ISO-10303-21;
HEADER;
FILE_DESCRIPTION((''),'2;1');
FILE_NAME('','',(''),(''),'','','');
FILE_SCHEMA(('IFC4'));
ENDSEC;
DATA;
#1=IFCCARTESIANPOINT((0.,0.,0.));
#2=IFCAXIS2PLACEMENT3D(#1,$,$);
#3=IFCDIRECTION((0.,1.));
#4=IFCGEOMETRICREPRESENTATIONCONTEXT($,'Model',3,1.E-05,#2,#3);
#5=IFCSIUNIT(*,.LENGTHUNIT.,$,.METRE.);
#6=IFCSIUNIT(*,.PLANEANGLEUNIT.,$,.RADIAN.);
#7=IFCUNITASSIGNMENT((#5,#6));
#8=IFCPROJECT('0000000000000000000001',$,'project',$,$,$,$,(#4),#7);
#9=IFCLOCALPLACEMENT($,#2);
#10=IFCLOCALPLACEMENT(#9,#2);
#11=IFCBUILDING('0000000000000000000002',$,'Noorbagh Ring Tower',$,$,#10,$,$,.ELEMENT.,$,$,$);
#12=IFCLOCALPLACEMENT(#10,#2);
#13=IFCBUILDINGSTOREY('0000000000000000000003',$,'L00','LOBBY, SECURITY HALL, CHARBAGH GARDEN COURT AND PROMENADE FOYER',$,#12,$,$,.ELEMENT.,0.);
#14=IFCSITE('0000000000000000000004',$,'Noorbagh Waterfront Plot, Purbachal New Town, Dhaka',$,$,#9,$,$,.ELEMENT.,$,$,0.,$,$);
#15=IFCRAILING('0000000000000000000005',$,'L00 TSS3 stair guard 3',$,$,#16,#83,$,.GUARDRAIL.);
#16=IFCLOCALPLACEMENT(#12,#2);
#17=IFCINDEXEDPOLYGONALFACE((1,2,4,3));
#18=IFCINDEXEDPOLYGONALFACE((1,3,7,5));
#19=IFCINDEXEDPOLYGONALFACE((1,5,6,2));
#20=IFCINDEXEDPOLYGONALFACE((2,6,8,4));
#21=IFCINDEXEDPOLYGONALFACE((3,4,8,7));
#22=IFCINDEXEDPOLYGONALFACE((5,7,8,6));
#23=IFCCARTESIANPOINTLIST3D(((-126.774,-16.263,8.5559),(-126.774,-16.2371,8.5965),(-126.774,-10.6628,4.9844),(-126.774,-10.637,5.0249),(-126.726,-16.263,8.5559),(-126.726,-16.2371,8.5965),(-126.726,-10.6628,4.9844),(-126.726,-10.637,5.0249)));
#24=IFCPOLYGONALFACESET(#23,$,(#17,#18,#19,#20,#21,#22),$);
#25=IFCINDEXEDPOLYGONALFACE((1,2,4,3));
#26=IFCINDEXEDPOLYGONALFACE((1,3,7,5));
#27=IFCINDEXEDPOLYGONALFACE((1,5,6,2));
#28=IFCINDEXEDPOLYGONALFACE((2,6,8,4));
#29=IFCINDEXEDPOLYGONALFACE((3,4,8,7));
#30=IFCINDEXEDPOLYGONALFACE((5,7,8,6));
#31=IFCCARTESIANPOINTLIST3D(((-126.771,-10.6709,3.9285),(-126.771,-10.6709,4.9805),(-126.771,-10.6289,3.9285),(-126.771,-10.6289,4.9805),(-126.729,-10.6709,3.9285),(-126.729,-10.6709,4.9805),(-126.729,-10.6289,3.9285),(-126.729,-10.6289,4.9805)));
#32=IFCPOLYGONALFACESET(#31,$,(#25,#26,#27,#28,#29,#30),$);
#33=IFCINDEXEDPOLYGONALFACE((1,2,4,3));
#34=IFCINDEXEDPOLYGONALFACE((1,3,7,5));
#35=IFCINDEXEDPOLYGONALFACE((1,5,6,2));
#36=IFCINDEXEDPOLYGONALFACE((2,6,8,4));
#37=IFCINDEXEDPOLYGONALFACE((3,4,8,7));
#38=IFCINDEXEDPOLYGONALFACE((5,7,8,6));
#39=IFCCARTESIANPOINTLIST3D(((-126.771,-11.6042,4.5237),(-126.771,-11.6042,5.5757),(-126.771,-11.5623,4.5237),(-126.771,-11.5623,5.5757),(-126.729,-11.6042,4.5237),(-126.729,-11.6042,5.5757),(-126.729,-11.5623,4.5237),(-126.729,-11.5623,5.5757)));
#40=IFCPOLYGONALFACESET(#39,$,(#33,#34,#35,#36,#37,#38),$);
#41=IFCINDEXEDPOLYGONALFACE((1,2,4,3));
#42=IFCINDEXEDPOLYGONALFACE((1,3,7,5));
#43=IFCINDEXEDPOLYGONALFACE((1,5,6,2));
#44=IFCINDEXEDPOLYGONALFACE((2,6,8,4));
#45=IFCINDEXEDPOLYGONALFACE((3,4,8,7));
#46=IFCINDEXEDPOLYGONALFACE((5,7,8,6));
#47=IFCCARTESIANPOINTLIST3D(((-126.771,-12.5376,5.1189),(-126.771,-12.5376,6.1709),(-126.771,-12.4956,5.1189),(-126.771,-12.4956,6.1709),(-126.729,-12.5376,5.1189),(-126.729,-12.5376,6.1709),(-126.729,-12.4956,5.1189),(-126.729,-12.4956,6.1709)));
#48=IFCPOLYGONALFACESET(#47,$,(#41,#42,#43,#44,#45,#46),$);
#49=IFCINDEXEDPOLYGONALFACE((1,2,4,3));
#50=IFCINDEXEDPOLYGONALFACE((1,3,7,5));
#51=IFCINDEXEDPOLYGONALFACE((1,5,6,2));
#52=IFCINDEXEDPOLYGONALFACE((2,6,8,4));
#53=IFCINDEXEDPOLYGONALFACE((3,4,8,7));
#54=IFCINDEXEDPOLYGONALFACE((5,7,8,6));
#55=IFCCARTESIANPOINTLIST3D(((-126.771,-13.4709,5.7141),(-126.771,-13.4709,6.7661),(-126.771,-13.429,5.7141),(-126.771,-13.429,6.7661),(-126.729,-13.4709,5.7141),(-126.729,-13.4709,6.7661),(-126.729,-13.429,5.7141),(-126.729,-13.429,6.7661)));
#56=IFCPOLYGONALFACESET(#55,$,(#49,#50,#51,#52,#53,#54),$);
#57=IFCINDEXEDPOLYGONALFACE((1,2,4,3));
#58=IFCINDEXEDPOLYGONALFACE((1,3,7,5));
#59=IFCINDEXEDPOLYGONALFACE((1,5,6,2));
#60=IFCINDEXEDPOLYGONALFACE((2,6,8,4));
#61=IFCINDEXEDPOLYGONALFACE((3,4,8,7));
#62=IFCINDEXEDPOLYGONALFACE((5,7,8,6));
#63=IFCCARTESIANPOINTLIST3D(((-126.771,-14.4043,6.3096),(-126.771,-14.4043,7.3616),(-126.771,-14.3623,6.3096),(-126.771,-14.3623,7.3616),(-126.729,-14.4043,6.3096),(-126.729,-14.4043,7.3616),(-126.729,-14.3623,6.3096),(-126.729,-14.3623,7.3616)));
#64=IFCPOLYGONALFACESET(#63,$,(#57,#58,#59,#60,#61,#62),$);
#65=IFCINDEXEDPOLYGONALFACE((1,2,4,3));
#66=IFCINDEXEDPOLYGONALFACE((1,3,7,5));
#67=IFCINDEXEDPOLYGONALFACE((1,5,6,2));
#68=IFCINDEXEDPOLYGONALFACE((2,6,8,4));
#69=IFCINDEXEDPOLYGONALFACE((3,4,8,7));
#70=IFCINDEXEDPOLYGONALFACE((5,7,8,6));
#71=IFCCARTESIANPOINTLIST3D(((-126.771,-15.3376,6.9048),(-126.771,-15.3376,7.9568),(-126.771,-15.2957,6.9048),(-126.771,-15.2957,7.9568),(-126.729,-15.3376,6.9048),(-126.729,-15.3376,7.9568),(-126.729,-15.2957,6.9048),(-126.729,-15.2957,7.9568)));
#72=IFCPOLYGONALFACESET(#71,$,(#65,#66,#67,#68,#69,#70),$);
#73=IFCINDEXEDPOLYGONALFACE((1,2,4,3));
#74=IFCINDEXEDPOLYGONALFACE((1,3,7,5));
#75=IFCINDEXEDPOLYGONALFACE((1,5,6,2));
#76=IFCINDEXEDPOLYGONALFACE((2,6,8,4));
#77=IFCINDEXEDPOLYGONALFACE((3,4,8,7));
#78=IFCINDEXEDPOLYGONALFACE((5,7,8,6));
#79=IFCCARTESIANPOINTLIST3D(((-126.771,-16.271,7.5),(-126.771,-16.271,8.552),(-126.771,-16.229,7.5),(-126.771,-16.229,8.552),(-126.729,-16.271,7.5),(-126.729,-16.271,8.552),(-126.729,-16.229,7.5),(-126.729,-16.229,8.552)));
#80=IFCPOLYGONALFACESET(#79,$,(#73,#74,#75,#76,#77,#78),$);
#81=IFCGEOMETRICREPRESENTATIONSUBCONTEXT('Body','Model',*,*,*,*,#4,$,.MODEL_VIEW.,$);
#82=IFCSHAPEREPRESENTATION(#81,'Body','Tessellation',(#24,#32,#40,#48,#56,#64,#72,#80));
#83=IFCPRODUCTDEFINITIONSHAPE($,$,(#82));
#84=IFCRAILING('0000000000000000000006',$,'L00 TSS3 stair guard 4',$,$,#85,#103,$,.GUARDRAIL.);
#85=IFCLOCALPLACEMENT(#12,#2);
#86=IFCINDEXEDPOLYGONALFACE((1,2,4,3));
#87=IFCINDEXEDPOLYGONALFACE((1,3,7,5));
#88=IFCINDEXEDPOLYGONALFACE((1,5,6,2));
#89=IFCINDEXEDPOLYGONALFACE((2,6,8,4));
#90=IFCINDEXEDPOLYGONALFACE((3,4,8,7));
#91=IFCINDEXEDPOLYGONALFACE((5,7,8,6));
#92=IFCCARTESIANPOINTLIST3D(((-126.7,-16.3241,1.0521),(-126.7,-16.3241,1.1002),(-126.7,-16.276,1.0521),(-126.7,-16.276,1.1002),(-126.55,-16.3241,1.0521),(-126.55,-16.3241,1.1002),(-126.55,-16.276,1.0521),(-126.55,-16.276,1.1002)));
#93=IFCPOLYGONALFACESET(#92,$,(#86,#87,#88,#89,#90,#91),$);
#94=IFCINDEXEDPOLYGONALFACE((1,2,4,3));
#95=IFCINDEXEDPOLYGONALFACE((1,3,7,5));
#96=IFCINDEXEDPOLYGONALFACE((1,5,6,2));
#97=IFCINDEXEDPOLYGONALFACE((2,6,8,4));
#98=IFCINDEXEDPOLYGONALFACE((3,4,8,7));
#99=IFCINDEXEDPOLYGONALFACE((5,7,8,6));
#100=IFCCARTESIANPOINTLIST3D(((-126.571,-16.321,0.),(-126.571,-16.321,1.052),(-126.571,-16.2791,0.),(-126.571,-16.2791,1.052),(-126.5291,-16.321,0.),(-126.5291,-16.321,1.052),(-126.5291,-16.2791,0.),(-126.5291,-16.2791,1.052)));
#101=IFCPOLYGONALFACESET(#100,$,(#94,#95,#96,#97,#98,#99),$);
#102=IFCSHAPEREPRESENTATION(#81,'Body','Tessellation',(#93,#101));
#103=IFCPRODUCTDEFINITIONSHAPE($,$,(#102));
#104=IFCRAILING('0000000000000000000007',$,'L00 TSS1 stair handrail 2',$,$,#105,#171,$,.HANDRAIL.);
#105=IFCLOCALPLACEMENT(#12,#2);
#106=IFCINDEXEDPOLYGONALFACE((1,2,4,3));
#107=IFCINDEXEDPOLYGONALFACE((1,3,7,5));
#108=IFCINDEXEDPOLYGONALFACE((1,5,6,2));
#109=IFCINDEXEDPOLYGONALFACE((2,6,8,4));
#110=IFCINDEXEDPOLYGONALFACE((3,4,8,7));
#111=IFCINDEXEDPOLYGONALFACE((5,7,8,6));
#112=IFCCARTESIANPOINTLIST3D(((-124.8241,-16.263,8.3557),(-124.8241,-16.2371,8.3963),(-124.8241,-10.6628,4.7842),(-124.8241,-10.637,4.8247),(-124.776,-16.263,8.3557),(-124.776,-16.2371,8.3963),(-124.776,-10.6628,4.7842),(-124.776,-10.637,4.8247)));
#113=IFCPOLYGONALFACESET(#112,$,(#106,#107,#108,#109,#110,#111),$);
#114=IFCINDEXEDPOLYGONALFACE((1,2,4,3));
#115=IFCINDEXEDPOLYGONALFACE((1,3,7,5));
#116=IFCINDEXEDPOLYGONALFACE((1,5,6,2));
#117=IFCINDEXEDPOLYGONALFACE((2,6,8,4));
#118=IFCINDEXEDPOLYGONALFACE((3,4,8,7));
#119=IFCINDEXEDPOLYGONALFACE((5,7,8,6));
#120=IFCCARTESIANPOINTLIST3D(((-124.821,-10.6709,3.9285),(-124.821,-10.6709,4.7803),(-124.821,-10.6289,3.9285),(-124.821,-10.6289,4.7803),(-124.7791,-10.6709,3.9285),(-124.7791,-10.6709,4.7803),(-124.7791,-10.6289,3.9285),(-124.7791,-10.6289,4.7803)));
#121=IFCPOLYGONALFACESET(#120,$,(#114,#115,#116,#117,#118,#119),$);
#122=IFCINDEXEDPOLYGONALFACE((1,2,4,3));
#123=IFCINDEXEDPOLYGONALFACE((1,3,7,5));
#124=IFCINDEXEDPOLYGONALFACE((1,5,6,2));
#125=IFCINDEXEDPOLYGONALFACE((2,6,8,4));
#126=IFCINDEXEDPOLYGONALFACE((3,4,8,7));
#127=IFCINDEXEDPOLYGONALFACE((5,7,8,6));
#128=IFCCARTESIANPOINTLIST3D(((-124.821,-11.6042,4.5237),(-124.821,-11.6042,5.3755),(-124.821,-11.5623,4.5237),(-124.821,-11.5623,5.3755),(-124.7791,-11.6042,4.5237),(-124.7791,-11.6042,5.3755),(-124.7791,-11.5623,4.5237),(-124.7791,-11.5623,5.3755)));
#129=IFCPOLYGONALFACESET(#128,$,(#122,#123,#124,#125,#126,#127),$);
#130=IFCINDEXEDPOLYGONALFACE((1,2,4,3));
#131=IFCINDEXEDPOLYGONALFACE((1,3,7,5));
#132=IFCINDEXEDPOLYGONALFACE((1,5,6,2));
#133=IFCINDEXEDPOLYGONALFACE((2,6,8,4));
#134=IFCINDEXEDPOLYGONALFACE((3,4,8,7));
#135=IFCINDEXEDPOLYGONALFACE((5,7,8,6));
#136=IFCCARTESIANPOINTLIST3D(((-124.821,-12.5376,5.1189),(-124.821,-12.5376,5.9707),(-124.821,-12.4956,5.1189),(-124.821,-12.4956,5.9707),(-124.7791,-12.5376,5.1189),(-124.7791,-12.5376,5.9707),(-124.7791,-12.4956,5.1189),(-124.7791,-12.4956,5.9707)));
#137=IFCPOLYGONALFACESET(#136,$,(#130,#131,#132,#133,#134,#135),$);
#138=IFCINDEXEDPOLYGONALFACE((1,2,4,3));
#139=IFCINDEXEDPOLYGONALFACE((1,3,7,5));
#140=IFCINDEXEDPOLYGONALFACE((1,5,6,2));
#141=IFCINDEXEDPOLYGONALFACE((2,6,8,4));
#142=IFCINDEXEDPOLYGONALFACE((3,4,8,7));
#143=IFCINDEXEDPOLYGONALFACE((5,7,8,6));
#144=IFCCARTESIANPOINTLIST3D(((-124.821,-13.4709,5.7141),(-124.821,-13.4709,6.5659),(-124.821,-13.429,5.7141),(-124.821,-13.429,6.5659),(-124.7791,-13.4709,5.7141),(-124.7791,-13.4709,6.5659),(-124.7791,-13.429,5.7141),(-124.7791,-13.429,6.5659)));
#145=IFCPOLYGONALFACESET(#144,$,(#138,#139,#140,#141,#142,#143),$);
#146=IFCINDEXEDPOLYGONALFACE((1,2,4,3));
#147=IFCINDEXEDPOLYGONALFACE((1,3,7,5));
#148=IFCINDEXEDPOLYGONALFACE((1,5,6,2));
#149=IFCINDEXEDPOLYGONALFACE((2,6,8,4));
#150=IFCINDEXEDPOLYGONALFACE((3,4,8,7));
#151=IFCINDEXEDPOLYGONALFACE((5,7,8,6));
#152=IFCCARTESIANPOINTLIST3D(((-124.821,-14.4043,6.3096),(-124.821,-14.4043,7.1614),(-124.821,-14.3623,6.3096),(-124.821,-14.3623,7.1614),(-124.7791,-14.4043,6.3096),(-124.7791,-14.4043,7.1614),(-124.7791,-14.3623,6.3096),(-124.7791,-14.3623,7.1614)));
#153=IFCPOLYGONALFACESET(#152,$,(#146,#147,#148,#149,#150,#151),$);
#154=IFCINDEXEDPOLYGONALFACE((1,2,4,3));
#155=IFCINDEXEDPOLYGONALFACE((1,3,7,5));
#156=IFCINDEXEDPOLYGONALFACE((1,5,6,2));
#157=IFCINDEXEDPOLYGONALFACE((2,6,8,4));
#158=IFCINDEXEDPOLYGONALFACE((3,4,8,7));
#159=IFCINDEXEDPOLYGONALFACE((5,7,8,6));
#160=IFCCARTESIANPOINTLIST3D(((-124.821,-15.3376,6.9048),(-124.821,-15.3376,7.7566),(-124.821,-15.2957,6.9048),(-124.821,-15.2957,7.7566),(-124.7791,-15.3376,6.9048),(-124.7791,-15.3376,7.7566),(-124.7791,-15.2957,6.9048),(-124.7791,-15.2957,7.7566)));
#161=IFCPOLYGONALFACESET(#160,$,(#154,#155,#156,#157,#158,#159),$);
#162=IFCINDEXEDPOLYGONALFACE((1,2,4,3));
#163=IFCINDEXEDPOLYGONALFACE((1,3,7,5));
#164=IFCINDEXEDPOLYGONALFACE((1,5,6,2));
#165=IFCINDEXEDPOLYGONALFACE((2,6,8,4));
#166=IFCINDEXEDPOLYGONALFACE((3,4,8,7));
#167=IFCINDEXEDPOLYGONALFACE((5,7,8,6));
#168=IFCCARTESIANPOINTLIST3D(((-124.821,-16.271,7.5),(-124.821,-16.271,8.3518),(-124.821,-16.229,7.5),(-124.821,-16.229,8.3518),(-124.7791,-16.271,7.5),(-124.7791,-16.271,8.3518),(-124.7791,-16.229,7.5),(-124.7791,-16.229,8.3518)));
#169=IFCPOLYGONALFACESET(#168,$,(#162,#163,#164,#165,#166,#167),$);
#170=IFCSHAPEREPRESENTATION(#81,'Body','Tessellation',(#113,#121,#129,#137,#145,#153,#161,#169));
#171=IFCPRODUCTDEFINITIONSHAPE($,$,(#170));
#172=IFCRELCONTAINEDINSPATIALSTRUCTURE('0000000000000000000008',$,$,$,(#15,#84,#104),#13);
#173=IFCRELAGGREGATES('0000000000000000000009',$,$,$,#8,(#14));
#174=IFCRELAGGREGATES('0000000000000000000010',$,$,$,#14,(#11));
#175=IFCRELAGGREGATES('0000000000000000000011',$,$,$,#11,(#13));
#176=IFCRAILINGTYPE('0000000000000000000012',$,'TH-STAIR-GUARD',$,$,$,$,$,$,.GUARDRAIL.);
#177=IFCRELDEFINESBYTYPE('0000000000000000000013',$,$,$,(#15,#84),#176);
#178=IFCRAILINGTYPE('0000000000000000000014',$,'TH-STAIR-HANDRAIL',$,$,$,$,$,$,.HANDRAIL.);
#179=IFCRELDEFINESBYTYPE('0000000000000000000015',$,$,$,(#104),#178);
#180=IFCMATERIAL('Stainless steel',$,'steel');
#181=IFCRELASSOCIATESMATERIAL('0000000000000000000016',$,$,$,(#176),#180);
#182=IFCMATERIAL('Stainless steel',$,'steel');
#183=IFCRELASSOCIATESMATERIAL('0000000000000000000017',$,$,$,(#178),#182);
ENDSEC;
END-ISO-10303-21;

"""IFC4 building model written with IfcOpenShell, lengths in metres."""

from ifc_helpers import new_model, si_unit, direction, frame, origin, origin_2d, place, context, subcontext, project, spatial, rectangle, extrude, material, type_object, element, save


model = new_model("IFC4")

# Units and contexts
model_context = context("Model", 3, precision=1e-05, world=origin(), true_north=direction((0.0, 1.0)))
body_context = subcontext(model_context, "Body", "Model", "MODEL_VIEW")
ifc_project = project(units=[si_unit("LENGTHUNIT", "METRE"), si_unit("PLANEANGLEUNIT", "RADIAN")], contexts=[model_context])

# Site, building, storey
site_placement = place(None, origin())
site = spatial("IfcSite", under=ifc_project, at=site_placement, Name="Noorbagh Waterfront Plot, Purbachal New Town, Dhaka", CompositionType="ELEMENT", RefElevation=0.0)
building_placement = place(site_placement, origin())
building = spatial("IfcBuilding", under=site, at=building_placement, Name="Noorbagh Ring Tower", CompositionType="ELEMENT")
storey_placement = place(building_placement, origin())
storey = spatial("IfcBuildingStorey", under=building, at=storey_placement, Name="L00", Description="LOBBY, SECURITY HALL, CHARBAGH GARDEN COURT AND PROMENADE FOYER", CompositionType="ELEMENT", Elevation=0.0)

# Railings
ifc_material_1 = material(Name="Stainless steel", Category="steel")
railing_type_1 = type_object("IfcRailingType", Name="TH-STAIR-GUARD", PredefinedType="GUARDRAIL", material=ifc_material_1)
railing_1_placement = place(storey_placement, frame((-126.75, -10.6499, 3.9285)))
element("IfcRailing", 1, at=railing_1_placement, inside=storey, type_object=railing_type_1, Name="L00 TSS3 stair guard 3", PredefinedType="GUARDRAIL", context=body_context, shape_type="SweptSolid", body=[
    extrude(rectangle(XDim=0.0481, YDim=0.0481, at=origin_2d()), frame((0.0, 0.0, 1.0762), z_axis=(0.0, -0.843127, 0.537715), x_axis=(1.0, 0.0, 0.0)), (0.0, 0.0, 1.0), 6.6421),
    extrude(rectangle(XDim=0.042, YDim=0.042, at=origin_2d()), origin(), (0.0, 0.0, 1.0), 1.052),
    extrude(rectangle(XDim=0.042, YDim=0.042, at=origin_2d()), frame((0.0, -0.9333, 0.5952)), (0.0, 0.0, 1.0), 1.052),
    extrude(rectangle(XDim=0.042, YDim=0.042, at=origin_2d()), frame((0.0, -1.8667, 1.1904)), (0.0, 0.0, 1.0), 1.052),
    extrude(rectangle(XDim=0.042, YDim=0.042, at=origin_2d()), frame((0.0, -2.8, 1.7856)), (0.0, 0.0, 1.0), 1.052),
    extrude(rectangle(XDim=0.042, YDim=0.042, at=origin_2d()), frame((0.0, -3.7334, 2.3811)), (0.0, 0.0, 1.0), 1.052),
    extrude(rectangle(XDim=0.042, YDim=0.042, at=origin_2d()), frame((0.0, -4.6667, 2.9763)), (0.0, 0.0, 1.0), 1.052),
    extrude(rectangle(XDim=0.042, YDim=0.042, at=origin_2d()), frame((0.0, -5.6001, 3.5715)), (0.0, 0.0, 1.0), 1.052),
])
railing_2_placement = place(storey_placement, frame((-126.55, -16.3, 0.0)))
element("IfcRailing", 2, at=railing_2_placement, inside=storey, type_object=railing_type_1, Name="L00 TSS3 stair guard 4", PredefinedType="GUARDRAIL", context=body_context, shape_type="SweptSolid", body=[
    extrude(rectangle(XDim=0.0481, YDim=0.0481, at=origin_2d()), frame((0.0, 0.0, 1.0762), z_axis=(-1.0, 0.0, 0.0), x_axis=(0.0, -1.0, 0.0)), (0.0, 0.0, 1.0), 0.1499),
    extrude(rectangle(XDim=0.042, YDim=0.042, at=origin_2d()), origin(), (0.0, 0.0, 1.0), 1.052),
])
ifc_material_2 = material(Name="Stainless steel", Category="steel")
railing_type_2 = type_object("IfcRailingType", Name="TH-STAIR-HANDRAIL", PredefinedType="HANDRAIL", material=ifc_material_2)
railing_3_placement = place(storey_placement, frame((-124.8, -10.6499, 3.9285)))
element("IfcRailing", 3, at=railing_3_placement, inside=storey, type_object=railing_type_2, Name="L00 TSS1 stair handrail 2", PredefinedType="HANDRAIL", context=body_context, shape_type="SweptSolid", body=[
    extrude(rectangle(XDim=0.0481, YDim=0.0481, at=origin_2d()), frame((0.0, 0.0, 0.876), z_axis=(0.0, -0.843127, 0.537715), x_axis=(1.0, 0.0, 0.0)), (0.0, 0.0, 1.0), 6.6421),
    extrude(rectangle(XDim=0.042, YDim=0.042, at=origin_2d()), origin(), (0.0, 0.0, 1.0), 0.8518),
    extrude(rectangle(XDim=0.042, YDim=0.042, at=origin_2d()), frame((0.0, -0.9333, 0.5952)), (0.0, 0.0, 1.0), 0.8518),
    extrude(rectangle(XDim=0.042, YDim=0.042, at=origin_2d()), frame((0.0, -1.8667, 1.1904)), (0.0, 0.0, 1.0), 0.8518),
    extrude(rectangle(XDim=0.042, YDim=0.042, at=origin_2d()), frame((0.0, -2.8, 1.7856)), (0.0, 0.0, 1.0), 0.8518),
    extrude(rectangle(XDim=0.042, YDim=0.042, at=origin_2d()), frame((0.0, -3.7334, 2.3811)), (0.0, 0.0, 1.0), 0.8518),
    extrude(rectangle(XDim=0.042, YDim=0.042, at=origin_2d()), frame((0.0, -4.6667, 2.9763)), (0.0, 0.0, 1.0), 0.8518),
    extrude(rectangle(XDim=0.042, YDim=0.042, at=origin_2d()), frame((0.0, -5.6001, 3.5715)), (0.0, 0.0, 1.0), 0.8518),
])

save(model, "model.ifc")
